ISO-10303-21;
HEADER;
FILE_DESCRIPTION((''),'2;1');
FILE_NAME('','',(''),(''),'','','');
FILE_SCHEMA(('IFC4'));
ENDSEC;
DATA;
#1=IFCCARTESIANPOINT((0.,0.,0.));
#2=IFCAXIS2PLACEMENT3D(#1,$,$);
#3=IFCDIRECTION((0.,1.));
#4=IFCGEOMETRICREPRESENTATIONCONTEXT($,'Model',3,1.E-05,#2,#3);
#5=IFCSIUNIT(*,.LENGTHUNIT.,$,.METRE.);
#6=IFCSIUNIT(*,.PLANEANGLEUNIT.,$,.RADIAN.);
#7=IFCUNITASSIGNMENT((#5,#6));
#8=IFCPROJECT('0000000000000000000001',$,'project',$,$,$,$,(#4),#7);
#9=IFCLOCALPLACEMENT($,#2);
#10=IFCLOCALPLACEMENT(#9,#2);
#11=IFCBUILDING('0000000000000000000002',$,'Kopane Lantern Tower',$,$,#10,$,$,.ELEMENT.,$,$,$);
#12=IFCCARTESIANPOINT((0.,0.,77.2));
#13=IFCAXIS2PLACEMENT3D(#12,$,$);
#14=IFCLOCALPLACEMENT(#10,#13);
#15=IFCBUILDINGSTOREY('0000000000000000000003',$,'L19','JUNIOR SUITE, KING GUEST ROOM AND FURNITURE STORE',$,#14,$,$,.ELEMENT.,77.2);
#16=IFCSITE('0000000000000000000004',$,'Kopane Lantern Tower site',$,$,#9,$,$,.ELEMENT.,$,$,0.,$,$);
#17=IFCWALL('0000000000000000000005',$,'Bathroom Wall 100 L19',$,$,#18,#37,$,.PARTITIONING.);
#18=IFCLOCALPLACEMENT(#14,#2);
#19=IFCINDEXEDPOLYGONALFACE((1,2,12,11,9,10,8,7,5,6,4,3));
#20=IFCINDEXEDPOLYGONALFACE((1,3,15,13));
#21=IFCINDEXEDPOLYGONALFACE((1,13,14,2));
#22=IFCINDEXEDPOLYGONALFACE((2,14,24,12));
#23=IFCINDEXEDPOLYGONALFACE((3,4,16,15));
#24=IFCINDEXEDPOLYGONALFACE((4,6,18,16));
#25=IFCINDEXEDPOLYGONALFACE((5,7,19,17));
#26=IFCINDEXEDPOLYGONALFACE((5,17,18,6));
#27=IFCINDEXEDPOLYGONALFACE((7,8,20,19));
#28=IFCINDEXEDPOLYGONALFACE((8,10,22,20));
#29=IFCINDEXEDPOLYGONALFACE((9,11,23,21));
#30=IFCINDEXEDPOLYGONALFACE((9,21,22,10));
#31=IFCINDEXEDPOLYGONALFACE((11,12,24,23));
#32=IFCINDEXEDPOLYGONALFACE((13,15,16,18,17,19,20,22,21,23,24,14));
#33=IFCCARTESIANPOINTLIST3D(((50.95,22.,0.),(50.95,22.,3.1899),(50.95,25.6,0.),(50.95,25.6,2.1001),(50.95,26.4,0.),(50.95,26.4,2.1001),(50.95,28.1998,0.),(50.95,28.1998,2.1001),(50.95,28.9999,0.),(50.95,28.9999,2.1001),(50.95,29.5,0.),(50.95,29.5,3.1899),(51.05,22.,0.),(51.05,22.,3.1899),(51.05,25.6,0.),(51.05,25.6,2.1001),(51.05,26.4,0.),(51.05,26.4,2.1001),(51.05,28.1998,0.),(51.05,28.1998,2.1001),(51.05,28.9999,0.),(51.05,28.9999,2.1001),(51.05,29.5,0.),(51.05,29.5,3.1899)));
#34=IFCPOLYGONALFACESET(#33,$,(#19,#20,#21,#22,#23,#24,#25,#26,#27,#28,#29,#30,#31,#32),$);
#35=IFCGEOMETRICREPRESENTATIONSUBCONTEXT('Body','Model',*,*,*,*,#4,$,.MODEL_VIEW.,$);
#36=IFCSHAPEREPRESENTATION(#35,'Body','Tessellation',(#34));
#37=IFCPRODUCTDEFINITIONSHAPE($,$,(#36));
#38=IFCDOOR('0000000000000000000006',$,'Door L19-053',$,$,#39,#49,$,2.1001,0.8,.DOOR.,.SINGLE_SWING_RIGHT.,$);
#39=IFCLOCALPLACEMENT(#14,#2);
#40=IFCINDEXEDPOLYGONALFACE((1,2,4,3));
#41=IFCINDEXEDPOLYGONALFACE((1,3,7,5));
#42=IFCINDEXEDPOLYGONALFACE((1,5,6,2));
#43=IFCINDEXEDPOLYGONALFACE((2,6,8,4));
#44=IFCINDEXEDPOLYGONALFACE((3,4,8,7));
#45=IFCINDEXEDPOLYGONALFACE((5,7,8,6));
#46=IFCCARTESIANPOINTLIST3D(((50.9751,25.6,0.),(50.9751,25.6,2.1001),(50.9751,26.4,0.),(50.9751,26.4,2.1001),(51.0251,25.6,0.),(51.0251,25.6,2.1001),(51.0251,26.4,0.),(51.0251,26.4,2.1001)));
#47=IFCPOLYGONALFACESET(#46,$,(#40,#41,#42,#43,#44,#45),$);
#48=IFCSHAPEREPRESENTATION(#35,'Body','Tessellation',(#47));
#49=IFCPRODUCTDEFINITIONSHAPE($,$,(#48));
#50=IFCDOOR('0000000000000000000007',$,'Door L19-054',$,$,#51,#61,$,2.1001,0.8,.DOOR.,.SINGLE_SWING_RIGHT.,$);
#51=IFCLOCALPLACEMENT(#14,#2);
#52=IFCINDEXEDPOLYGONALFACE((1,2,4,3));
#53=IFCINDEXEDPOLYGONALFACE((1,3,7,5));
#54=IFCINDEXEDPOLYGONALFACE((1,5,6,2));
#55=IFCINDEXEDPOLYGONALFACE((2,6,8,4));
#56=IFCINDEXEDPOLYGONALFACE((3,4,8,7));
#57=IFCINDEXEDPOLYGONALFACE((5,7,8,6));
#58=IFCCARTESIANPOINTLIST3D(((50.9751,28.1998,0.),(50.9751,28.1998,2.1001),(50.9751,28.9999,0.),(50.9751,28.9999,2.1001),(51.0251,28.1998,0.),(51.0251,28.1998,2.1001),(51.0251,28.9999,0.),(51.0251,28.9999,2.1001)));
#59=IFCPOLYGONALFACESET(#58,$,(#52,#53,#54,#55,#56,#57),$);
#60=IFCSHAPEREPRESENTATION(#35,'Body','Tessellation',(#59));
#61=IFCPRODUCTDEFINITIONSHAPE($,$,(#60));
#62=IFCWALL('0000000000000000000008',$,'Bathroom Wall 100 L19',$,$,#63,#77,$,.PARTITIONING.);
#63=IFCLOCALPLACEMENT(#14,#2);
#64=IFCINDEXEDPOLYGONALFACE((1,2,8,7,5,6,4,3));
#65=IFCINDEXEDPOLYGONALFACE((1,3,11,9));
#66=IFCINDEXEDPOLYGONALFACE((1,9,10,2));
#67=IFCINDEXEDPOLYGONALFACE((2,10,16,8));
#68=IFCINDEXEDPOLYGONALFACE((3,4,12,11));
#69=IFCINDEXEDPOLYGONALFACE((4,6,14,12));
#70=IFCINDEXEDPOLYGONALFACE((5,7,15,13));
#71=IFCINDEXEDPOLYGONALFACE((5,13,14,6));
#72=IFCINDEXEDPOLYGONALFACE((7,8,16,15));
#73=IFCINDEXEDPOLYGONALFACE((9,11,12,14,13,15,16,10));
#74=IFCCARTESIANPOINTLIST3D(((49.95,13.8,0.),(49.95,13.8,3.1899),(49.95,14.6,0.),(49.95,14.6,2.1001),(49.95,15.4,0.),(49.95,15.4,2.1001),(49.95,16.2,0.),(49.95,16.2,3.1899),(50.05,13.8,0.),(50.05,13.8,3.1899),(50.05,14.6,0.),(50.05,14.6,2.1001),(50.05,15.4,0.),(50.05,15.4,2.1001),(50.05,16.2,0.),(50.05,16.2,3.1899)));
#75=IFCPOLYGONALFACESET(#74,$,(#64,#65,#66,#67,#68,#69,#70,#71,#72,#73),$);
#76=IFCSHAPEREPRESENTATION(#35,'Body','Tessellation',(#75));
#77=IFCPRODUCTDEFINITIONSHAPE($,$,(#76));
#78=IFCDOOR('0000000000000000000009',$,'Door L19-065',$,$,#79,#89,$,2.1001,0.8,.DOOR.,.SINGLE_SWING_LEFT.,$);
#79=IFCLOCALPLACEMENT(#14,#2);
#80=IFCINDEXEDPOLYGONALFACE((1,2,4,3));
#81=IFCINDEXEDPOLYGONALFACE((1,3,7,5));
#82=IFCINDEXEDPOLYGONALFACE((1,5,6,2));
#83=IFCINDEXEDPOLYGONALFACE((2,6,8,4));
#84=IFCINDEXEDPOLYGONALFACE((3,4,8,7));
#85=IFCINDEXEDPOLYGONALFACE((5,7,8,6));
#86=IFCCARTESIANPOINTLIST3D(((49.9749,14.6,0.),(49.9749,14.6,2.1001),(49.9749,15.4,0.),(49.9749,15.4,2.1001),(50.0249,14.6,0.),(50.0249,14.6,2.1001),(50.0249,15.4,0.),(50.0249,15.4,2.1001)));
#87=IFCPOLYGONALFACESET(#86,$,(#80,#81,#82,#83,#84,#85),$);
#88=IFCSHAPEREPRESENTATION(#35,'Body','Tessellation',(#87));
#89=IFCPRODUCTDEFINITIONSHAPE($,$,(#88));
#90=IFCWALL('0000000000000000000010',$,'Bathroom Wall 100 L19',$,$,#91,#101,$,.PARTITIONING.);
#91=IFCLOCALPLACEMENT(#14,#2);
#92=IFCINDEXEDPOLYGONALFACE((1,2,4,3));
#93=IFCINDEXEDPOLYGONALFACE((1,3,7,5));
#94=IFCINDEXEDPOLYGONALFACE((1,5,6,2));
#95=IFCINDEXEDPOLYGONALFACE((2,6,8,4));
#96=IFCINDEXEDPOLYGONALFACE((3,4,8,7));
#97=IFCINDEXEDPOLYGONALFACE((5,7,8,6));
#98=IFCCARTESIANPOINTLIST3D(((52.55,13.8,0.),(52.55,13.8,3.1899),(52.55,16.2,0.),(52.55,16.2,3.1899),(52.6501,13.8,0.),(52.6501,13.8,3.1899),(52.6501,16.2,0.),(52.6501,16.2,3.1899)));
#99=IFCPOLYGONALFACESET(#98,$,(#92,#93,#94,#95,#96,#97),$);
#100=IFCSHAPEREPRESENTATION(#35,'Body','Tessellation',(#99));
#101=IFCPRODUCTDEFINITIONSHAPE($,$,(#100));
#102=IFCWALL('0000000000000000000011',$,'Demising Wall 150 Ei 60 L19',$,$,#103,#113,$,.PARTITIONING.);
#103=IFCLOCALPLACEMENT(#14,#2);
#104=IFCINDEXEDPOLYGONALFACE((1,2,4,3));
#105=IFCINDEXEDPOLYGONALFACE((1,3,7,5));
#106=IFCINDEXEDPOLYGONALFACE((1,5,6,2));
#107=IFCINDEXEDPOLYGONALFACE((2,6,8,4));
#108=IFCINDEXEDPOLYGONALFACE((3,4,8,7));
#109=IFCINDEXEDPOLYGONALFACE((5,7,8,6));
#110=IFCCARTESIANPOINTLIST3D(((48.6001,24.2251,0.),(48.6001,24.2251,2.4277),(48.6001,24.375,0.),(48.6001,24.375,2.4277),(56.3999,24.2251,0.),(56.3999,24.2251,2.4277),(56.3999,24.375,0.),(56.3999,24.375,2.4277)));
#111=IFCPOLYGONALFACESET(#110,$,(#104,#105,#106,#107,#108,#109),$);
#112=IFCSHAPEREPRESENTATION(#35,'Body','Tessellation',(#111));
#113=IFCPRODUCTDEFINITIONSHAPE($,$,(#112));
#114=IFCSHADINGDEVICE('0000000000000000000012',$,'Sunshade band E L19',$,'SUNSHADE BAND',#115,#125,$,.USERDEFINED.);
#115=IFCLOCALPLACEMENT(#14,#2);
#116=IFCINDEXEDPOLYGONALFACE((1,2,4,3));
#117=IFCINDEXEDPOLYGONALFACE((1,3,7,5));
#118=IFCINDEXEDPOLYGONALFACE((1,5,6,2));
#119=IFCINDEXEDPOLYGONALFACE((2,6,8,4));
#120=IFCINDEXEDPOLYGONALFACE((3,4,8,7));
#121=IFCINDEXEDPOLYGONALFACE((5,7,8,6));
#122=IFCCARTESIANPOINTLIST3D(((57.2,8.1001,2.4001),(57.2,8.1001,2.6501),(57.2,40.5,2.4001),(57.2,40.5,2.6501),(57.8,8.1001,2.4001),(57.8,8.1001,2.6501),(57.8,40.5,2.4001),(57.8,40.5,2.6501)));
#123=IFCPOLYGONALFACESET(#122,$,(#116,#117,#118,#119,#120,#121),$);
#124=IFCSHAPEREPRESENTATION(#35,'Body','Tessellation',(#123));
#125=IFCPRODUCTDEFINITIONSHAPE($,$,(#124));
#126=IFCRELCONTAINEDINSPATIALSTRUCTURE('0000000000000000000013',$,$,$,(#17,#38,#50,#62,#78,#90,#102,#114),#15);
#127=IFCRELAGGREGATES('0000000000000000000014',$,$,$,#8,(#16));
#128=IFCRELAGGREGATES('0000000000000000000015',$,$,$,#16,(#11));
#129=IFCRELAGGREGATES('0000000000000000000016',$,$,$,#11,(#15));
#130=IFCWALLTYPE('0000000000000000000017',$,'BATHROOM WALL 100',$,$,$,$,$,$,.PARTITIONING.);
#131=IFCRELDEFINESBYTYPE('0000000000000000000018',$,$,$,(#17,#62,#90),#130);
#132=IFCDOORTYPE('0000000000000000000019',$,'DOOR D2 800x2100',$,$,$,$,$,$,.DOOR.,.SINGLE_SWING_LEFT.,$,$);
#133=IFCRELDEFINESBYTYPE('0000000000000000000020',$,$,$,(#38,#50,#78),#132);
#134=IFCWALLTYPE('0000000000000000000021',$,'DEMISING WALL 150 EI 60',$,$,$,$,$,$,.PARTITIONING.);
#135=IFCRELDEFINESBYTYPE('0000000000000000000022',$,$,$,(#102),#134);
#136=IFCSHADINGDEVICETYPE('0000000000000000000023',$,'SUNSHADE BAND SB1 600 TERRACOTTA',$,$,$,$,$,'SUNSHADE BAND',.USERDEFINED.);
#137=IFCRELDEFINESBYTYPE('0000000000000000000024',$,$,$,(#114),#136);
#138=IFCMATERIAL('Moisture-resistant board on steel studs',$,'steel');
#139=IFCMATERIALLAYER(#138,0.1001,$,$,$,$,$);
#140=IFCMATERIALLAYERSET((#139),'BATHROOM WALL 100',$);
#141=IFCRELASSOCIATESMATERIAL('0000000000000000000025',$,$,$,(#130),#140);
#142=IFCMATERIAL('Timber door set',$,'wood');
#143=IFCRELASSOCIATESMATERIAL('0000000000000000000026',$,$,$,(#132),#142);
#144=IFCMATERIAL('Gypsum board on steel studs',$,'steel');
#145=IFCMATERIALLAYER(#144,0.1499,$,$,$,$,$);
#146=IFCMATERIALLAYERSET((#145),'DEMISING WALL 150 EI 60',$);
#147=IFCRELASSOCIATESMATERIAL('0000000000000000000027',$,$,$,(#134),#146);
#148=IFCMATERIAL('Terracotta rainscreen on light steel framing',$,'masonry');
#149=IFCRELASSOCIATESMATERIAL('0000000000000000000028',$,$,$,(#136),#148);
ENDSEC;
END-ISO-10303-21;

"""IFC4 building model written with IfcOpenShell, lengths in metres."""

from ifc_helpers import new_model, si_unit, direction, frame, frame_2d, origin, origin_2d, place, context, subcontext, project, spatial, rectangle, extrude, material, layer, layer_set, type_object, element, fill, save


model = new_model("IFC4")

# Units and contexts
model_context = context("Model", 3, precision=1e-05, world=origin(), true_north=direction((0.0, 1.0)))
body_context = subcontext(model_context, "Body", "Model", "MODEL_VIEW")
ifc_project = project(units=[si_unit("LENGTHUNIT", "METRE"), si_unit("PLANEANGLEUNIT", "RADIAN")], contexts=[model_context])

# Site, building, storey
site_placement = place(None, origin())
site = spatial("IfcSite", under=ifc_project, at=site_placement, Name="Kopane Lantern Tower site", CompositionType="ELEMENT", RefElevation=0.0)
building_placement = place(site_placement, origin())
building = spatial("IfcBuilding", under=site, at=building_placement, Name="Kopane Lantern Tower", CompositionType="ELEMENT")
storey_placement = place(building_placement, frame((0.0, 0.0, 77.2)))
storey = spatial("IfcBuildingStorey", under=building, at=storey_placement, Name="L19", Description="JUNIOR SUITE, KING GUEST ROOM AND FURNITURE STORE", CompositionType="ELEMENT", Elevation=77.2)

# Shared definitions
ifc_material_1 = material(Name="Moisture-resistant board on steel studs", Category="steel")
ifc_layer_1 = layer(ifc_material_1, 0.1001)
ifc_layer_set_1 = layer_set([ifc_layer_1], Name="BATHROOM WALL 100")
wall_type_1 = type_object("IfcWallType", Name="BATHROOM WALL 100", PredefinedType="PARTITIONING", material=ifc_layer_set_1)

# Wall, openings, doors
wall_1_placement = place(storey_placement, frame((51.0, 22.0, 0.0), z_axis=(0.0, 0.0, 1.0), x_axis=(0.0, 1.0, 0.0)))
wall_1 = element("IfcWall", 1, at=wall_1_placement, inside=storey, type_object=wall_type_1, Name="Bathroom Wall 100 L19", PredefinedType="PARTITIONING", context=body_context, shape_type="SweptSolid", body=[
    extrude(rectangle(XDim=7.5, YDim=0.1001, at=frame_2d((3.75, 0.0))), origin(), (0.0, 0.0, 1.0), 3.1899),
])
opening_1_placement = place(wall_1_placement, frame((3.6001, 0.0, 0.0)))
opening_1 = element("IfcOpeningElement", 2, at=opening_1_placement, cuts=wall_1, PredefinedType="OPENING", context=body_context, shape_type="SweptSolid", body=[
    extrude(rectangle(XDim=0.8, YDim=2.1001, at=frame_2d((0.3999, 1.05))), frame((0.0, 0.0601, 0.0), z_axis=(0.0, -1.0, 0.0), x_axis=(1.0, 0.0, 0.0)), (0.0, 0.0, 1.0), 0.1201),
])
opening_2_placement = place(wall_1_placement, frame((6.2, 0.0, 0.0)))
opening_2 = element("IfcOpeningElement", 3, at=opening_2_placement, cuts=wall_1, PredefinedType="OPENING", context=body_context, shape_type="SweptSolid", body=[
    extrude(rectangle(XDim=0.8, YDim=2.1001, at=frame_2d((0.3999, 1.05))), frame((0.0, 0.0601, 0.0), z_axis=(0.0, -1.0, 0.0), x_axis=(1.0, 0.0, 0.0)), (0.0, 0.0, 1.0), 0.1201),
])
ifc_material_2 = material(Name="Timber door set", Category="wood")
door_type = type_object("IfcDoorType", Name="DOOR D2 800x2100", OperationType="SINGLE_SWING_LEFT", PredefinedType="DOOR", material=ifc_material_2)
door_1_placement = place(opening_1_placement, origin())
door_1 = element("IfcDoor", 4, at=door_1_placement, inside=storey, type_object=door_type, Name="Door L19-053", OperationType="SINGLE_SWING_RIGHT", OverallHeight=2.1001, OverallWidth=0.8, PredefinedType="DOOR", context=body_context, shape_type="SweptSolid", body=[
    extrude(rectangle(XDim=0.8, YDim=2.1001, at=frame_2d((0.3999, 1.05))), frame((0.0, 0.0249, 0.0), z_axis=(0.0, -1.0, 0.0), x_axis=(1.0, 0.0, 0.0)), (0.0, 0.0, 1.0), 0.05),
])
fill(opening_1, door_1)
door_2_placement = place(opening_2_placement, origin())
door_2 = element("IfcDoor", 5, at=door_2_placement, inside=storey, type_object=door_type, Name="Door L19-054", OperationType="SINGLE_SWING_RIGHT", OverallHeight=2.1001, OverallWidth=0.8, PredefinedType="DOOR", context=body_context, shape_type="SweptSolid", body=[
    extrude(rectangle(XDim=0.8, YDim=2.1001, at=frame_2d((0.3999, 1.05))), frame((0.0, 0.0249, 0.0), z_axis=(0.0, -1.0, 0.0), x_axis=(1.0, 0.0, 0.0)), (0.0, 0.0, 1.0), 0.05),
])
fill(opening_2, door_2)

# Wall, opening, door
wall_2_placement = place(storey_placement, frame((50.0, 16.2, 0.0), z_axis=(0.0, 0.0, 1.0), x_axis=(0.0, -1.0, 0.0)))
wall_2 = element("IfcWall", 6, at=wall_2_placement, inside=storey, type_object=wall_type_1, Name="Bathroom Wall 100 L19", PredefinedType="PARTITIONING", context=body_context, shape_type="SweptSolid", body=[
    extrude(rectangle(XDim=2.3999, YDim=0.1001, at=frame_2d((1.2, 0.0))), origin(), (0.0, 0.0, 1.0), 3.1899),
])
opening_3_placement = place(wall_2_placement, frame((0.8, 0.0, 0.0)))
opening_3 = element("IfcOpeningElement", 7, at=opening_3_placement, cuts=wall_2, PredefinedType="OPENING", context=body_context, shape_type="SweptSolid", body=[
    extrude(rectangle(XDim=0.8, YDim=2.1001, at=frame_2d((0.3999, 1.05))), frame((0.0, 0.0601, 0.0), z_axis=(0.0, -1.0, 0.0), x_axis=(1.0, 0.0, 0.0)), (0.0, 0.0, 1.0), 0.1201),
])
door_3_placement = place(opening_3_placement, origin())
door_3 = element("IfcDoor", 8, at=door_3_placement, inside=storey, type_object=door_type, Name="Door L19-065", OperationType="SINGLE_SWING_LEFT", OverallHeight=2.1001, OverallWidth=0.8, PredefinedType="DOOR", context=body_context, shape_type="SweptSolid", body=[
    extrude(rectangle(XDim=0.8, YDim=2.1001, at=frame_2d((0.3999, 1.05))), frame((0.0, 0.0249, 0.0), z_axis=(0.0, -1.0, 0.0), x_axis=(1.0, 0.0, 0.0)), (0.0, 0.0, 1.0), 0.05),
])
fill(opening_3, door_3)

# Walls
wall_3_placement = place(storey_placement, frame((52.6001, 16.2, 0.0), z_axis=(0.0, 0.0, 1.0), x_axis=(0.0, -1.0, 0.0)))
element("IfcWall", 9, at=wall_3_placement, inside=storey, type_object=wall_type_1, Name="Bathroom Wall 100 L19", PredefinedType="PARTITIONING", context=body_context, shape_type="SweptSolid", body=[
    extrude(rectangle(XDim=2.3999, YDim=0.1001, at=frame_2d((1.2, 0.0))), origin(), (0.0, 0.0, 1.0), 3.1899),
])
ifc_material_3 = material(Name="Gypsum board on steel studs", Category="steel")
ifc_layer_2 = layer(ifc_material_3, 0.1499)
ifc_layer_set_2 = layer_set([ifc_layer_2], Name="DEMISING WALL 150 EI 60")
wall_type_2 = type_object("IfcWallType", Name="DEMISING WALL 150 EI 60", PredefinedType="PARTITIONING", material=ifc_layer_set_2)
wall_4_placement = place(storey_placement, frame((48.6001, 24.3, 0.0), z_axis=(0.0, 0.0, 1.0), x_axis=(1.0, 0.0, 0.0)))
element("IfcWall", 10, at=wall_4_placement, inside=storey, type_object=wall_type_2, Name="Demising Wall 150 Ei 60 L19", PredefinedType="PARTITIONING", context=body_context, shape_type="SweptSolid", body=[
    extrude(rectangle(XDim=7.7998, YDim=0.1499, at=frame_2d((3.8999, 0.0))), origin(), (0.0, 0.0, 1.0), 2.4277),
])

# Shading device
ifc_material_4 = material(Name="Terracotta rainscreen on light steel framing", Category="masonry")
shading_device_type = type_object("IfcShadingDeviceType", Name="SUNSHADE BAND SB1 600 TERRACOTTA", ElementType="SUNSHADE BAND", PredefinedType="USERDEFINED", material=ifc_material_4)
shading_device_placement = place(storey_placement, frame((57.5, 24.3, 2.4001), z_axis=(0.0, 0.0, 1.0), x_axis=(0.0, 1.0, 0.0)))
element("IfcShadingDevice", 11, at=shading_device_placement, inside=storey, type_object=shading_device_type, Name="Sunshade band E L19", ObjectType="SUNSHADE BAND", PredefinedType="USERDEFINED", context=body_context, shape_type="SweptSolid", body=[
    extrude(rectangle(XDim=32.3999, YDim=0.6001, at=origin_2d()), origin(), (0.0, 0.0, 1.0), 0.25),
])

save(model, "model.ifc")
